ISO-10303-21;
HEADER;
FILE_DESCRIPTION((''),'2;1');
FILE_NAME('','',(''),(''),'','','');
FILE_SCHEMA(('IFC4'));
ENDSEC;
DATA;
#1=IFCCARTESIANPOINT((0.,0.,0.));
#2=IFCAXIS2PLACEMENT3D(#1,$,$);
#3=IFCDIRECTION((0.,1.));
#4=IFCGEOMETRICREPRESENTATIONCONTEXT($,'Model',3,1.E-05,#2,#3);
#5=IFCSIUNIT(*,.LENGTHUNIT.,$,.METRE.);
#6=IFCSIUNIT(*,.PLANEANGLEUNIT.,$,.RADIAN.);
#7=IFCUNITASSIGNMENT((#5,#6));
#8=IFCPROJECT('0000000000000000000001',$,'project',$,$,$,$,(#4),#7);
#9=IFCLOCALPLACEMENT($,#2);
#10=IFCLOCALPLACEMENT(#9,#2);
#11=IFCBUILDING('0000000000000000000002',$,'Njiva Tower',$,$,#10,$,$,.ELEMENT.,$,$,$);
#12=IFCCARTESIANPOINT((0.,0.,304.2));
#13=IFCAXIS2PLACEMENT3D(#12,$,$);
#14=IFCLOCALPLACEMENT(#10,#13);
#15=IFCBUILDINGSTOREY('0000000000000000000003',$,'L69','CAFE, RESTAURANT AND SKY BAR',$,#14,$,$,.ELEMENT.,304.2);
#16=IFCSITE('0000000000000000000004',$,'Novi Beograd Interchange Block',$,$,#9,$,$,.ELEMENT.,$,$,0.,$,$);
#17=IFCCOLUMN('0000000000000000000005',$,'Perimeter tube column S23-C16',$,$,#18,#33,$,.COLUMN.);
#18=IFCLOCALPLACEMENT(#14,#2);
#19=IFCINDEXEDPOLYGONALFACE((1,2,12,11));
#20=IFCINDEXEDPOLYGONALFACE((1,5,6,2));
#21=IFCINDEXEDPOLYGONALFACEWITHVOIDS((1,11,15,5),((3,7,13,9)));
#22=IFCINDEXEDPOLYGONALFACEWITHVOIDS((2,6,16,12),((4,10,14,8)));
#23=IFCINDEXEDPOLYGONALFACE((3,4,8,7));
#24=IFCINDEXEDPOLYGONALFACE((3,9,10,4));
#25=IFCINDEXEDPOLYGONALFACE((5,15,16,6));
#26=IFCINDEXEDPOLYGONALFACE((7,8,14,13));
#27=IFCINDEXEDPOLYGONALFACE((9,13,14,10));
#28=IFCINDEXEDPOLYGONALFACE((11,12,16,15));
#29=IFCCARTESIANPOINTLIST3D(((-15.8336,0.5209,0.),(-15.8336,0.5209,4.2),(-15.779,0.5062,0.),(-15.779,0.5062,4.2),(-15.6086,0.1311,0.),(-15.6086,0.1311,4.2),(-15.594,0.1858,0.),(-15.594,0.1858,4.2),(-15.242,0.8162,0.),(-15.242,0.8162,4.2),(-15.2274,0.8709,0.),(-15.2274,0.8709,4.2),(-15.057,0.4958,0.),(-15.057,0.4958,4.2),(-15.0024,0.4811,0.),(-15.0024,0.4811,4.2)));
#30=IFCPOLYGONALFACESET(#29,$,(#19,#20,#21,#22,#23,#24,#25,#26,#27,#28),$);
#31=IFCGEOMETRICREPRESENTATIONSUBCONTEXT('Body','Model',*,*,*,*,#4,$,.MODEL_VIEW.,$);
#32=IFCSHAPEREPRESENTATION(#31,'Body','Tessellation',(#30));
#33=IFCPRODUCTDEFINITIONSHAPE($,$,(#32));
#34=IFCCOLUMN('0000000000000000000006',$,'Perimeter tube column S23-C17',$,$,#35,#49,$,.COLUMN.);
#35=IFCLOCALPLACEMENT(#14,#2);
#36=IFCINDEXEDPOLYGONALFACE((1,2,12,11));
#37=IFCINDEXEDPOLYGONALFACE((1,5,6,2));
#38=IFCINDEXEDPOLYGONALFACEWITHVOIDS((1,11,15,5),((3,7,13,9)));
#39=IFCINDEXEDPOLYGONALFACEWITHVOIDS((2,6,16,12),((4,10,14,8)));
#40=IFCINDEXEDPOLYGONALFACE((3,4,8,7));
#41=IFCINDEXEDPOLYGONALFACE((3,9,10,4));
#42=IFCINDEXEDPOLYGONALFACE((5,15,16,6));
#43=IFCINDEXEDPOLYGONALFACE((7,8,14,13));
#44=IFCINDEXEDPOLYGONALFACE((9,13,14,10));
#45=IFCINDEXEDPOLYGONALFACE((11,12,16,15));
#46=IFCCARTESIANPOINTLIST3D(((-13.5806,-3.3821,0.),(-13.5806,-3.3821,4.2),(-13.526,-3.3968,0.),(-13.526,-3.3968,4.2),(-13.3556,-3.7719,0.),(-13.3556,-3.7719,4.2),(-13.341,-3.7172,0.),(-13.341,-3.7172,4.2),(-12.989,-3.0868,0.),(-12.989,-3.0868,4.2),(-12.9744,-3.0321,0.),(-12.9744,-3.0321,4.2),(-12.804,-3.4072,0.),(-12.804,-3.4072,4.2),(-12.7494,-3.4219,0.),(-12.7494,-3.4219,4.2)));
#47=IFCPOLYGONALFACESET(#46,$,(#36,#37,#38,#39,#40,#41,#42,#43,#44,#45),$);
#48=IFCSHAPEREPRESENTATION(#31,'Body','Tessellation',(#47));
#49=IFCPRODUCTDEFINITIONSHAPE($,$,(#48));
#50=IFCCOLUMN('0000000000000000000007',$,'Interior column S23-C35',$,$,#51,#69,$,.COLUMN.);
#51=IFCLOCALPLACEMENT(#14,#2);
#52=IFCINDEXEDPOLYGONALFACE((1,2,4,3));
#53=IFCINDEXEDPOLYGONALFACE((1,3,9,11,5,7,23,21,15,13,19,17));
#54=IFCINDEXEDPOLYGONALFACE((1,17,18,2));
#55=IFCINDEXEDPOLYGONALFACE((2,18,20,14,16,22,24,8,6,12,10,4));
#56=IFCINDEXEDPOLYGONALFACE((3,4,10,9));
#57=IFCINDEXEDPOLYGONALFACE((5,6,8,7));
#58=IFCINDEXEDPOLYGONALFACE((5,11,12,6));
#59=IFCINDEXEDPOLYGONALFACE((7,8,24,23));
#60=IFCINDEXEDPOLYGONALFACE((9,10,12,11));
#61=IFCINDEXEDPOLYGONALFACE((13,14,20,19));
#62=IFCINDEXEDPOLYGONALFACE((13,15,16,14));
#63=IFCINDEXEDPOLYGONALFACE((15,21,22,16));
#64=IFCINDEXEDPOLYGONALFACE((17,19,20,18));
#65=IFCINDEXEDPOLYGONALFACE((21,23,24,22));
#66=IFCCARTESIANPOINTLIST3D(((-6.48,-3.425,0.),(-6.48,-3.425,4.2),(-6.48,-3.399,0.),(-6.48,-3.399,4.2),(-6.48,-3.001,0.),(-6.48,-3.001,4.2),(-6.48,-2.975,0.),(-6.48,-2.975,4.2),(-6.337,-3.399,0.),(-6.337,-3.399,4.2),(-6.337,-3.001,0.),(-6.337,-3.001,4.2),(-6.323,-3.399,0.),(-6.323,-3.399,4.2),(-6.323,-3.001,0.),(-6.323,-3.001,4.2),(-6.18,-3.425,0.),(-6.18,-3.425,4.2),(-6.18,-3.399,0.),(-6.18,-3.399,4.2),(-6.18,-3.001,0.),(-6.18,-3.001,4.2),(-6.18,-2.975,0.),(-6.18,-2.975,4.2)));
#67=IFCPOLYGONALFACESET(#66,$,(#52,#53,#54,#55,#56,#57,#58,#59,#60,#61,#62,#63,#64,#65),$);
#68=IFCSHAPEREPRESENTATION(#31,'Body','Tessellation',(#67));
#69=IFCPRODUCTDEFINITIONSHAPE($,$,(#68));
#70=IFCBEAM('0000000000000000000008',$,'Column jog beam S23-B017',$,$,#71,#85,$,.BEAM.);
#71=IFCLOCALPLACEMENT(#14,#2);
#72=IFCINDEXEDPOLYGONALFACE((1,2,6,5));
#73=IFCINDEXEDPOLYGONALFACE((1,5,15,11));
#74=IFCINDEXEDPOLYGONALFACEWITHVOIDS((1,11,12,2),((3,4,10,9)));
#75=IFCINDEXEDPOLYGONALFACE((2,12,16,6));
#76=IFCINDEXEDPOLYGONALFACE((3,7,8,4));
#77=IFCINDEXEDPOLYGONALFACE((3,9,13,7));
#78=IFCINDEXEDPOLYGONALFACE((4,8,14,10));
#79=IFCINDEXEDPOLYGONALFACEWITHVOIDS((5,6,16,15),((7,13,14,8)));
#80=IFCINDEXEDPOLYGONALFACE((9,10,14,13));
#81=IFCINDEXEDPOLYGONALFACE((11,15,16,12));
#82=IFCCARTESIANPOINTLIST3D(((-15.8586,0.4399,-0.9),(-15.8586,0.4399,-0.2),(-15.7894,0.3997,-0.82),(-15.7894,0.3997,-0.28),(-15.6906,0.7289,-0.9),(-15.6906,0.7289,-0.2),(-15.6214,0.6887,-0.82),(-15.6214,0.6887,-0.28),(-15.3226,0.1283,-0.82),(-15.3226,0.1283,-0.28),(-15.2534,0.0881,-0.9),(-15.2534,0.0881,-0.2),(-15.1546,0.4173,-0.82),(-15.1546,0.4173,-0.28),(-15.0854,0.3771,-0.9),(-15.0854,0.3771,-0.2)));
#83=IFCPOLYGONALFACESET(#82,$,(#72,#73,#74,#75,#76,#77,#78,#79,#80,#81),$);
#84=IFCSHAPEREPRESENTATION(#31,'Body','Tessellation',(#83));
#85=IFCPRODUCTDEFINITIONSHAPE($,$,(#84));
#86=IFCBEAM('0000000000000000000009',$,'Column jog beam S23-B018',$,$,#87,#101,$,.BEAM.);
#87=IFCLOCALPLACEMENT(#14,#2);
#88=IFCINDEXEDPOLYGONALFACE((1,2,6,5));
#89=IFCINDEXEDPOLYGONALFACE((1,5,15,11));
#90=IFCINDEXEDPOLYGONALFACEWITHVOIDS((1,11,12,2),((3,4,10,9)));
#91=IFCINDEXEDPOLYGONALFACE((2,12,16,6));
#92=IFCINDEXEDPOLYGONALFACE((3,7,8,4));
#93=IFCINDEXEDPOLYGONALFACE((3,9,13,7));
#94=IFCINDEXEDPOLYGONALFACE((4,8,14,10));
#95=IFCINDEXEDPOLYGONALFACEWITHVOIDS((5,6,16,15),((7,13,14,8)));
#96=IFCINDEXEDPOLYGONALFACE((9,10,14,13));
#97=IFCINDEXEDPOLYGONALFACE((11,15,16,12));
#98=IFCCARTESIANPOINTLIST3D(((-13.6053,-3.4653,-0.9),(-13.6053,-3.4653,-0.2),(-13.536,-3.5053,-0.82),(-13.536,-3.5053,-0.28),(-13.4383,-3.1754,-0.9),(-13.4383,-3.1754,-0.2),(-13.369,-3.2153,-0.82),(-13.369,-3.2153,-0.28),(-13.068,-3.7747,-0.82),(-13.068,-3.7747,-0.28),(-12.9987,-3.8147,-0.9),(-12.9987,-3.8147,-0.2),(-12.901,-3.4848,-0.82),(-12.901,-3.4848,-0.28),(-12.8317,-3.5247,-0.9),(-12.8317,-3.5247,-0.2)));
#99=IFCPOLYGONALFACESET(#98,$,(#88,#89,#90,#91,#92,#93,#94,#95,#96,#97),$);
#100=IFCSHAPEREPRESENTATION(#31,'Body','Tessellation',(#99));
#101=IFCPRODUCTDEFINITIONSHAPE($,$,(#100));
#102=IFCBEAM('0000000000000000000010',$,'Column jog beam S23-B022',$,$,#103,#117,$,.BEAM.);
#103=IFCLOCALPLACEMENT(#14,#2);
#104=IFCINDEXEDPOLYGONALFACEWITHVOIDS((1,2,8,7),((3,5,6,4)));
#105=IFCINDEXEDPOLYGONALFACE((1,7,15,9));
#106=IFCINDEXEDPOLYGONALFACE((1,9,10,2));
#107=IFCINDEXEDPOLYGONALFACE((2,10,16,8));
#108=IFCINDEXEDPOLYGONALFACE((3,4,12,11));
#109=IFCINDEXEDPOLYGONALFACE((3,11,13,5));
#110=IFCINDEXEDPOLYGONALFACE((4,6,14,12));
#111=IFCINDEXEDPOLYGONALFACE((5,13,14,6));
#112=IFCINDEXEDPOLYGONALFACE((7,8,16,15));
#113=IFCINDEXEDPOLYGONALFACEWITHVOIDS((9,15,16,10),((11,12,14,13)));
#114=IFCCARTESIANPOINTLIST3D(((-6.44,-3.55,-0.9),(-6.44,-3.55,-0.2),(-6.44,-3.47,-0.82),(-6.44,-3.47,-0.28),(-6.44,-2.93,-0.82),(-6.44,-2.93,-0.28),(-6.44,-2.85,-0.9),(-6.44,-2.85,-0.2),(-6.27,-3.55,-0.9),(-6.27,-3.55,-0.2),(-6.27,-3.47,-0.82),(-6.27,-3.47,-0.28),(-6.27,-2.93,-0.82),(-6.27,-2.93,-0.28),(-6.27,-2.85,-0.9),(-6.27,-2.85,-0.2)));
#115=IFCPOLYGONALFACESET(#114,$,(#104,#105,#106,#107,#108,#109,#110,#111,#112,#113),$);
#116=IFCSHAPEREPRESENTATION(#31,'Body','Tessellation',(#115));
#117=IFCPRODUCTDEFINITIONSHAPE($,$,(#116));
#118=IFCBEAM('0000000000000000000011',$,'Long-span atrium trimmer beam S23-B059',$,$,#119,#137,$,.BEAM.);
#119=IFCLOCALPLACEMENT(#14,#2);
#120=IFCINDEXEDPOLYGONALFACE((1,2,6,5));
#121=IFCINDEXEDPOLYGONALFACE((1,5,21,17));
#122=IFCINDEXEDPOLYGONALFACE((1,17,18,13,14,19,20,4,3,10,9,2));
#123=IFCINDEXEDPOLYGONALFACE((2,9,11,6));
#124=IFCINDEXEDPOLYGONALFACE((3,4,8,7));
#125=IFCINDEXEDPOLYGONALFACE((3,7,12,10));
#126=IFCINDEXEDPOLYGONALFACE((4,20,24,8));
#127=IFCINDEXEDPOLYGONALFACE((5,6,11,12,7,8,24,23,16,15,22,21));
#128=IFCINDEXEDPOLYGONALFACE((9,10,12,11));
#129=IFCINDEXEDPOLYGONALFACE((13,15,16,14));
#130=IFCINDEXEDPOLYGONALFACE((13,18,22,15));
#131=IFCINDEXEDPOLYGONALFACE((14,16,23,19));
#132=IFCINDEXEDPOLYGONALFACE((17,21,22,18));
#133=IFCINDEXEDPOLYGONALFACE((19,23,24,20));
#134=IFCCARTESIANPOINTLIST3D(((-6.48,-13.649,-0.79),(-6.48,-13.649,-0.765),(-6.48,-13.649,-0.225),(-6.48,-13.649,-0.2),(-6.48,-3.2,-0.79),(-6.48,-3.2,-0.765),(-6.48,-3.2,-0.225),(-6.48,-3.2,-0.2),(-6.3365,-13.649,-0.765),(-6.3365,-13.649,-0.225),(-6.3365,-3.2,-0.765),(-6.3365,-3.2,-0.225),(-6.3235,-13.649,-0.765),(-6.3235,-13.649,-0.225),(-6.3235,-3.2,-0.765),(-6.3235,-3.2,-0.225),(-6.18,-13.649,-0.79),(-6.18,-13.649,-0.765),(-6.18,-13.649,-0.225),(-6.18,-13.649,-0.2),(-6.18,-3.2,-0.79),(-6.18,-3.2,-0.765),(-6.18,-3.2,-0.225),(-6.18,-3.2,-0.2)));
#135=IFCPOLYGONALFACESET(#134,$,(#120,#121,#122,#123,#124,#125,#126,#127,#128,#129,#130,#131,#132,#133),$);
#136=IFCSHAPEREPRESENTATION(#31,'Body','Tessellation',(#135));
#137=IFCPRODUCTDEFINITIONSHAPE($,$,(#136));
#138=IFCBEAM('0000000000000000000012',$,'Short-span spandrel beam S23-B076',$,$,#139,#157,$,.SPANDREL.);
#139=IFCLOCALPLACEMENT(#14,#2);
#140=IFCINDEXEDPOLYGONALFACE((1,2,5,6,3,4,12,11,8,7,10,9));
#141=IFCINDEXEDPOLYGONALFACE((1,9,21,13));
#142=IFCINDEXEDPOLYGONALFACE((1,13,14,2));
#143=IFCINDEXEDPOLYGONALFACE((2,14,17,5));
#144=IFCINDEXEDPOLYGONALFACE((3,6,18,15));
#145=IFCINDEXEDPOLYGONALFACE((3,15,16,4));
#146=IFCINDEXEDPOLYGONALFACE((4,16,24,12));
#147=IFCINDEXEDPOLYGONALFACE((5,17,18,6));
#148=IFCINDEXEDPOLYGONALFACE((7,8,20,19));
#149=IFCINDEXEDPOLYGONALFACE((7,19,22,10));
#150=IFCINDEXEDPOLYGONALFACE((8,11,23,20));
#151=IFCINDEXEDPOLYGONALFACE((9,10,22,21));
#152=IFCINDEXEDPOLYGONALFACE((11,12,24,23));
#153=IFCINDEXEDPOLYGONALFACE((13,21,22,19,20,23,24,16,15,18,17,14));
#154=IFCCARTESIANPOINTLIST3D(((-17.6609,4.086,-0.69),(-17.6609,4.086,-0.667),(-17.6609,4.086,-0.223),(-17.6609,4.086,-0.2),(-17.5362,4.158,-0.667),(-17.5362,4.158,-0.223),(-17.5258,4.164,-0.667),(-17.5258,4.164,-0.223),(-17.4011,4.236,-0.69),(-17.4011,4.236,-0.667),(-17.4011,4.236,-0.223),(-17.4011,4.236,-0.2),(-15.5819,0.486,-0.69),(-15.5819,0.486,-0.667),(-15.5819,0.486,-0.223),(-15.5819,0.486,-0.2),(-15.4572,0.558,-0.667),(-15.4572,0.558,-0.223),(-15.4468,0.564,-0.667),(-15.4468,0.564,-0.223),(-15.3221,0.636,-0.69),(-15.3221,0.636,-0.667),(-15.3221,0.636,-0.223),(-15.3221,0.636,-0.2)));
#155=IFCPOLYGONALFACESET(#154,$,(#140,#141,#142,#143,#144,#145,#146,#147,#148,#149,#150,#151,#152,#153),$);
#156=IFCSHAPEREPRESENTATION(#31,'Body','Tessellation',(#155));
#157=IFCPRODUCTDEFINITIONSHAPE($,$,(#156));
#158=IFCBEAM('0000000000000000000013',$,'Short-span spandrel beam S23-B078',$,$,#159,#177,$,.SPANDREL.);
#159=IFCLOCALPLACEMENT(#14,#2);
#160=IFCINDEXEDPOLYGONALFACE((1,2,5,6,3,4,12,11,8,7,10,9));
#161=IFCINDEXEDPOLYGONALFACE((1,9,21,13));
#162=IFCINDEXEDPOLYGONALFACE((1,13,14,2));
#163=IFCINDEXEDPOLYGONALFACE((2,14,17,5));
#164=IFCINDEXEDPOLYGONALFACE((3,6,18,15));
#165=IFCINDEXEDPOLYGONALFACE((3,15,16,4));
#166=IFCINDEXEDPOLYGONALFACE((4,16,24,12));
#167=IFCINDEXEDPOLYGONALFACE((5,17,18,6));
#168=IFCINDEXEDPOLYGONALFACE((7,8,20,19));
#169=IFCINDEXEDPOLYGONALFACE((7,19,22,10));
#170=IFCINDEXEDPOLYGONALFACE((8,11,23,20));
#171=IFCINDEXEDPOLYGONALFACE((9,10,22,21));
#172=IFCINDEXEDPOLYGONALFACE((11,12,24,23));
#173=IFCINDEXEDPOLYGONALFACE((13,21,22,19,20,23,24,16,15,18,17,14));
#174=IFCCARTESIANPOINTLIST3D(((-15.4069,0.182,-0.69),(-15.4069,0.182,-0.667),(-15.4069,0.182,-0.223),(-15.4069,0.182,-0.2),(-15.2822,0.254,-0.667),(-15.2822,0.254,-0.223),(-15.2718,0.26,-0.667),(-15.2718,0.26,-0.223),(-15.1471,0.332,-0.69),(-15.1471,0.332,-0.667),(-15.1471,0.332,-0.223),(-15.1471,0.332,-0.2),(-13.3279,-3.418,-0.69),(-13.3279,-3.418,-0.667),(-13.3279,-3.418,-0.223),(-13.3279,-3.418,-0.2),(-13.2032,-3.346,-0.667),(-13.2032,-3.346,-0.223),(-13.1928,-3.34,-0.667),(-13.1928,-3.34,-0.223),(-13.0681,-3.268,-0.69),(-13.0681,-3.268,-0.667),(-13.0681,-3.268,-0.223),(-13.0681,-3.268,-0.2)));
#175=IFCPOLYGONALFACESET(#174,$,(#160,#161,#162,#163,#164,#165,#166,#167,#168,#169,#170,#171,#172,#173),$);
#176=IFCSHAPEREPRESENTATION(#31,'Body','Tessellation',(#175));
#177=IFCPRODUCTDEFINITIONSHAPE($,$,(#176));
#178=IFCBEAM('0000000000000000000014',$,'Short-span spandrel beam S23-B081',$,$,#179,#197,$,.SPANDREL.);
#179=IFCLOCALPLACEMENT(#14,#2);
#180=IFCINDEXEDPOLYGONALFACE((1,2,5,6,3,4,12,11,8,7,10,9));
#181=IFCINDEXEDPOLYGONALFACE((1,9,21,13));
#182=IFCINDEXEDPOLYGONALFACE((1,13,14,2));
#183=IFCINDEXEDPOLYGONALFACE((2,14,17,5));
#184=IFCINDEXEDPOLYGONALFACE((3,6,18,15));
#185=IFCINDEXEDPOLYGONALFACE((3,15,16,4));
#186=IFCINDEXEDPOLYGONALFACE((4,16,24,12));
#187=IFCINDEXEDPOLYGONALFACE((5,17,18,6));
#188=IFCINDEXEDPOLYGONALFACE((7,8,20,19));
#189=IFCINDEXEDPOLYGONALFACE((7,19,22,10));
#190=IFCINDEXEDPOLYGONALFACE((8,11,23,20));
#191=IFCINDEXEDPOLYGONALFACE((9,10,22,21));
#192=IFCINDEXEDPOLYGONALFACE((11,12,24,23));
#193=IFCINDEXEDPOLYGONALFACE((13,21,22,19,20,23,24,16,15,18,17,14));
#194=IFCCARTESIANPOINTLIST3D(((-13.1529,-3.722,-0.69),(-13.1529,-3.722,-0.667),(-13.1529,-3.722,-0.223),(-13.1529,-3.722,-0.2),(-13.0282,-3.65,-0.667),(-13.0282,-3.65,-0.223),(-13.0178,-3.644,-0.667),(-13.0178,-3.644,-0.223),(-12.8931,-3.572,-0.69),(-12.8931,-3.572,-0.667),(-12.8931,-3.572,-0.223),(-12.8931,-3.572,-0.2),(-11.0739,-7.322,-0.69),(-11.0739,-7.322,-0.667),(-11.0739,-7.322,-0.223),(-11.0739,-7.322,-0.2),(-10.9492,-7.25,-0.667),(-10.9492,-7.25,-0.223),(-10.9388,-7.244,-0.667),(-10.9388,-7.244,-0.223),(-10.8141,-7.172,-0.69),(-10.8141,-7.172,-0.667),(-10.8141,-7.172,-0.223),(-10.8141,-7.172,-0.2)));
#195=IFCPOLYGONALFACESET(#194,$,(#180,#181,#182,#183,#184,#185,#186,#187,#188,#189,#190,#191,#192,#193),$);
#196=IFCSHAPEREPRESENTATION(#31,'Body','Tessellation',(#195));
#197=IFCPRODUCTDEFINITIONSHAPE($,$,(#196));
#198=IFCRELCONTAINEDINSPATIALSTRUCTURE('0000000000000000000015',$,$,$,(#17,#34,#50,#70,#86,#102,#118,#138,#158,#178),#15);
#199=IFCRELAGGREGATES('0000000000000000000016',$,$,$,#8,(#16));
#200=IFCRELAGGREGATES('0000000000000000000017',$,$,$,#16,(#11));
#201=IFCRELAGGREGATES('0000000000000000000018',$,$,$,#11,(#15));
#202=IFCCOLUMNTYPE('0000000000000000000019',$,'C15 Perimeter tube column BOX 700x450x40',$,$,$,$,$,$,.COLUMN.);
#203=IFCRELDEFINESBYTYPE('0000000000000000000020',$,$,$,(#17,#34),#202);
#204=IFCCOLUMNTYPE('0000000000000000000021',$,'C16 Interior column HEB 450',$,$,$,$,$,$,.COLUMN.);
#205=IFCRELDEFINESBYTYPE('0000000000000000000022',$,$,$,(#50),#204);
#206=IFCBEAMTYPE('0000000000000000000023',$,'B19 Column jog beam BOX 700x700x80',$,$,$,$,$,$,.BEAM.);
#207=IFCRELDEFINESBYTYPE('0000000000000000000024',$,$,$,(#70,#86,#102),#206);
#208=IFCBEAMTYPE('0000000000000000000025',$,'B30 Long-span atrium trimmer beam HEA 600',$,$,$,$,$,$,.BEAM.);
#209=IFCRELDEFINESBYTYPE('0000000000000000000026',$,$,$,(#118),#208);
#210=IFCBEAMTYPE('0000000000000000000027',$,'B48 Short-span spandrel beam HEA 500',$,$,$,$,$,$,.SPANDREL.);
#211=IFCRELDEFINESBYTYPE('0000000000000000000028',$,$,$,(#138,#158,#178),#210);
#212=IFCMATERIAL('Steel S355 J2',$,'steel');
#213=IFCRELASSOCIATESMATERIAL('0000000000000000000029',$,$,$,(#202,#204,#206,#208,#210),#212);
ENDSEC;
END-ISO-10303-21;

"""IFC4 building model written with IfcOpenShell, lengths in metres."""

from ifc_helpers import new_model, si_unit, direction, frame, origin, origin_2d, place, context, subcontext, project, spatial, hollow_rectangle, i_section, extrude, material, material_profile, profile_set, type_object, element, save


model = new_model("IFC4")

# Units and contexts
model_context = context("Model", 3, precision=1e-05, world=origin(), true_north=direction((0.0, 1.0)))
body_context = subcontext(model_context, "Body", "Model", "MODEL_VIEW")
ifc_project = project(units=[si_unit("LENGTHUNIT", "METRE"), si_unit("PLANEANGLEUNIT", "RADIAN")], contexts=[model_context])

# Site, building, storey
site_placement = place(None, origin())
site = spatial("IfcSite", under=ifc_project, at=site_placement, Name="Novi Beograd Interchange Block", CompositionType="ELEMENT", RefElevation=0.0)
building_placement = place(site_placement, origin())
building = spatial("IfcBuilding", under=site, at=building_placement, Name="Njiva Tower", CompositionType="ELEMENT")
storey_placement = place(building_placement, frame((0.0, 0.0, 304.2)))
storey = spatial("IfcBuildingStorey", under=building, at=storey_placement, Name="L69", Description="CAFE, RESTAURANT AND SKY BAR", CompositionType="ELEMENT", Elevation=304.2)

# Columns
ifc_material_1 = material(Name="Steel S355 J2", Category="steel")
ifc_material_profile_1 = material_profile(ifc_material_1, hollow_rectangle(XDim=0.45, YDim=0.7, WallThickness=0.04, at=origin_2d()), Name="BOX 700x450x40")
ifc_profile_set_1 = profile_set([ifc_material_profile_1], Name="Steel S355 J2")
column_type_1 = type_object("IfcColumnType", Name="C15 Perimeter tube column BOX 700x450x40", PredefinedType="COLUMN", material=ifc_profile_set_1)
for number, where, z_axis, x_axis, name in (
    (1, (-15.418, 0.501, 0.0), (0.0, 0.0, 1.0), (0.5, -0.866025, 0.0), "Perimeter tube column S23-C16"),
    (2, (-13.165, -3.402, 0.0), (0.0, 0.0, 1.0), (0.5, -0.866025, 0.0), "Perimeter tube column S23-C17"),
):
    element("IfcColumn", number, at=place(storey_placement, frame(where, z_axis=z_axis, x_axis=x_axis)), inside=storey, type_object=column_type_1, Name=name, PredefinedType="COLUMN", context=body_context, shape_type="SweptSolid", body=[
        extrude(hollow_rectangle(XDim=0.45, YDim=0.7, WallThickness=0.04, at=origin_2d()), origin(), (0.0, 0.0, 1.0), 4.2),
    ])
ifc_material_profile_2 = material_profile(ifc_material_1, i_section(OverallWidth=0.3, OverallDepth=0.45, WebThickness=0.014, FlangeThickness=0.026, at=origin_2d()), Name="HEB 450")
ifc_profile_set_2 = profile_set([ifc_material_profile_2], Name="Steel S355 J2")
column_type_2 = type_object("IfcColumnType", Name="C16 Interior column HEB 450", PredefinedType="COLUMN", material=ifc_profile_set_2)
column_placement = place(storey_placement, frame((-6.33, -3.2, 0.0), z_axis=(0.0, 0.0, 1.0), x_axis=(1.0, 0.0, 0.0)))
element("IfcColumn", 3, at=column_placement, inside=storey, type_object=column_type_2, Name="Interior column S23-C35", PredefinedType="COLUMN", context=body_context, shape_type="SweptSolid", body=[
    extrude(i_section(OverallWidth=0.3, OverallDepth=0.45, WebThickness=0.014, FlangeThickness=0.026, at=origin_2d()), origin(), (0.0, 0.0, 1.0), 4.2),
])

# Beams
ifc_material_profile_3 = material_profile(ifc_material_1, hollow_rectangle(XDim=0.7, YDim=0.7, WallThickness=0.08, at=origin_2d()), Name="BOX 700x700x80")
ifc_profile_set_3 = profile_set([ifc_material_profile_3], Name="Steel S355 J2")
beam_type_1 = type_object("IfcBeamType", Name="B19 Column jog beam BOX 700x700x80", PredefinedType="BEAM", material=ifc_profile_set_3)
beam_1_placement = place(storey_placement, frame((-15.556, 0.264, -0.55), z_axis=(0.502568, 0.864537, 0.0), x_axis=(-0.864537, 0.502568, 0.0)))
element("IfcBeam", 4, at=beam_1_placement, inside=storey, type_object=beam_type_1, Name="Column jog beam S23-B017", PredefinedType="BEAM", context=body_context, shape_type="SweptSolid", body=[
    extrude(hollow_rectangle(XDim=0.7, YDim=0.7, WallThickness=0.08, at=origin_2d()), origin(), (0.0, 0.0, 1.0), 0.3343),
])
beam_2_placement = place(storey_placement, frame((-13.302, -3.64, -0.55), z_axis=(0.499032, 0.866583, 0.0), x_axis=(-0.866583, 0.499032, 0.0)))
element("IfcBeam", 5, at=beam_2_placement, inside=storey, type_object=beam_type_1, Name="Column jog beam S23-B018", PredefinedType="BEAM", context=body_context, shape_type="SweptSolid", body=[
    extrude(hollow_rectangle(XDim=0.7, YDim=0.7, WallThickness=0.08, at=origin_2d()), origin(), (0.0, 0.0, 1.0), 0.3346),
])
beam_3_placement = place(storey_placement, frame((-6.44, -3.2, -0.55), z_axis=(1.0, 0.0, 0.0), x_axis=(0.0, 1.0, 0.0)))
element("IfcBeam", 6, at=beam_3_placement, inside=storey, type_object=beam_type_1, Name="Column jog beam S23-B022", PredefinedType="BEAM", context=body_context, shape_type="SweptSolid", body=[
    extrude(hollow_rectangle(XDim=0.7, YDim=0.7, WallThickness=0.08, at=origin_2d()), origin(), (0.0, 0.0, 1.0), 0.17),
])
ifc_material_profile_4 = material_profile(ifc_material_1, i_section(OverallWidth=0.3, OverallDepth=0.59, WebThickness=0.013, FlangeThickness=0.025, at=origin_2d()), Name="HEA 600")
ifc_profile_set_4 = profile_set([ifc_material_profile_4], Name="Steel S355 J2")
beam_type_2 = type_object("IfcBeamType", Name="B30 Long-span atrium trimmer beam HEA 600", PredefinedType="BEAM", material=ifc_profile_set_4)
beam_4_placement = place(storey_placement, frame((-6.33, -3.2, -0.495), z_axis=(0.0, -1.0, 0.0), x_axis=(1.0, 0.0, 0.0)))
element("IfcBeam", 7, at=beam_4_placement, inside=storey, type_object=beam_type_2, Name="Long-span atrium trimmer beam S23-B059", PredefinedType="BEAM", context=body_context, shape_type="SweptSolid", body=[
    extrude(i_section(OverallWidth=0.3, OverallDepth=0.59, WebThickness=0.013, FlangeThickness=0.025, at=origin_2d()), origin(), (0.0, 0.0, 1.0), 10.449),
])
ifc_material_profile_5 = material_profile(ifc_material_1, i_section(OverallWidth=0.3, OverallDepth=0.49, WebThickness=0.012, FlangeThickness=0.023, at=origin_2d()), Name="HEA 500")
ifc_profile_set_5 = profile_set([ifc_material_profile_5], Name="Steel S355 J2")
beam_type_3 = type_object("IfcBeamType", Name="B48 Short-span spandrel beam HEA 500", PredefinedType="SPANDREL", material=ifc_profile_set_5)
for number, where, z_axis, x_axis, name in (
    (8, (-17.531, 4.161, -0.445), (0.500097, -0.865969, 0.0), (0.865969, 0.500097, 0.0), "Short-span spandrel beam S23-B076"),
    (9, (-15.277, 0.257, -0.445), (0.500097, -0.865969, 0.0), (0.865969, 0.500097, 0.0), "Short-span spandrel beam S23-B078"),
    (10, (-13.023, -3.647, -0.445), (0.500097, -0.865969, 0.0), (0.865969, 0.500097, 0.0), "Short-span spandrel beam S23-B081"),
):
    element("IfcBeam", number, at=place(storey_placement, frame(where, z_axis=z_axis, x_axis=x_axis)), inside=storey, type_object=beam_type_3, Name=name, PredefinedType="SPANDREL", context=body_context, shape_type="SweptSolid", body=[
        extrude(i_section(OverallWidth=0.3, OverallDepth=0.49, WebThickness=0.012, FlangeThickness=0.023, at=origin_2d()), origin(), (0.0, 0.0, 1.0), 4.1572),
    ])

save(model, "model.ifc")
